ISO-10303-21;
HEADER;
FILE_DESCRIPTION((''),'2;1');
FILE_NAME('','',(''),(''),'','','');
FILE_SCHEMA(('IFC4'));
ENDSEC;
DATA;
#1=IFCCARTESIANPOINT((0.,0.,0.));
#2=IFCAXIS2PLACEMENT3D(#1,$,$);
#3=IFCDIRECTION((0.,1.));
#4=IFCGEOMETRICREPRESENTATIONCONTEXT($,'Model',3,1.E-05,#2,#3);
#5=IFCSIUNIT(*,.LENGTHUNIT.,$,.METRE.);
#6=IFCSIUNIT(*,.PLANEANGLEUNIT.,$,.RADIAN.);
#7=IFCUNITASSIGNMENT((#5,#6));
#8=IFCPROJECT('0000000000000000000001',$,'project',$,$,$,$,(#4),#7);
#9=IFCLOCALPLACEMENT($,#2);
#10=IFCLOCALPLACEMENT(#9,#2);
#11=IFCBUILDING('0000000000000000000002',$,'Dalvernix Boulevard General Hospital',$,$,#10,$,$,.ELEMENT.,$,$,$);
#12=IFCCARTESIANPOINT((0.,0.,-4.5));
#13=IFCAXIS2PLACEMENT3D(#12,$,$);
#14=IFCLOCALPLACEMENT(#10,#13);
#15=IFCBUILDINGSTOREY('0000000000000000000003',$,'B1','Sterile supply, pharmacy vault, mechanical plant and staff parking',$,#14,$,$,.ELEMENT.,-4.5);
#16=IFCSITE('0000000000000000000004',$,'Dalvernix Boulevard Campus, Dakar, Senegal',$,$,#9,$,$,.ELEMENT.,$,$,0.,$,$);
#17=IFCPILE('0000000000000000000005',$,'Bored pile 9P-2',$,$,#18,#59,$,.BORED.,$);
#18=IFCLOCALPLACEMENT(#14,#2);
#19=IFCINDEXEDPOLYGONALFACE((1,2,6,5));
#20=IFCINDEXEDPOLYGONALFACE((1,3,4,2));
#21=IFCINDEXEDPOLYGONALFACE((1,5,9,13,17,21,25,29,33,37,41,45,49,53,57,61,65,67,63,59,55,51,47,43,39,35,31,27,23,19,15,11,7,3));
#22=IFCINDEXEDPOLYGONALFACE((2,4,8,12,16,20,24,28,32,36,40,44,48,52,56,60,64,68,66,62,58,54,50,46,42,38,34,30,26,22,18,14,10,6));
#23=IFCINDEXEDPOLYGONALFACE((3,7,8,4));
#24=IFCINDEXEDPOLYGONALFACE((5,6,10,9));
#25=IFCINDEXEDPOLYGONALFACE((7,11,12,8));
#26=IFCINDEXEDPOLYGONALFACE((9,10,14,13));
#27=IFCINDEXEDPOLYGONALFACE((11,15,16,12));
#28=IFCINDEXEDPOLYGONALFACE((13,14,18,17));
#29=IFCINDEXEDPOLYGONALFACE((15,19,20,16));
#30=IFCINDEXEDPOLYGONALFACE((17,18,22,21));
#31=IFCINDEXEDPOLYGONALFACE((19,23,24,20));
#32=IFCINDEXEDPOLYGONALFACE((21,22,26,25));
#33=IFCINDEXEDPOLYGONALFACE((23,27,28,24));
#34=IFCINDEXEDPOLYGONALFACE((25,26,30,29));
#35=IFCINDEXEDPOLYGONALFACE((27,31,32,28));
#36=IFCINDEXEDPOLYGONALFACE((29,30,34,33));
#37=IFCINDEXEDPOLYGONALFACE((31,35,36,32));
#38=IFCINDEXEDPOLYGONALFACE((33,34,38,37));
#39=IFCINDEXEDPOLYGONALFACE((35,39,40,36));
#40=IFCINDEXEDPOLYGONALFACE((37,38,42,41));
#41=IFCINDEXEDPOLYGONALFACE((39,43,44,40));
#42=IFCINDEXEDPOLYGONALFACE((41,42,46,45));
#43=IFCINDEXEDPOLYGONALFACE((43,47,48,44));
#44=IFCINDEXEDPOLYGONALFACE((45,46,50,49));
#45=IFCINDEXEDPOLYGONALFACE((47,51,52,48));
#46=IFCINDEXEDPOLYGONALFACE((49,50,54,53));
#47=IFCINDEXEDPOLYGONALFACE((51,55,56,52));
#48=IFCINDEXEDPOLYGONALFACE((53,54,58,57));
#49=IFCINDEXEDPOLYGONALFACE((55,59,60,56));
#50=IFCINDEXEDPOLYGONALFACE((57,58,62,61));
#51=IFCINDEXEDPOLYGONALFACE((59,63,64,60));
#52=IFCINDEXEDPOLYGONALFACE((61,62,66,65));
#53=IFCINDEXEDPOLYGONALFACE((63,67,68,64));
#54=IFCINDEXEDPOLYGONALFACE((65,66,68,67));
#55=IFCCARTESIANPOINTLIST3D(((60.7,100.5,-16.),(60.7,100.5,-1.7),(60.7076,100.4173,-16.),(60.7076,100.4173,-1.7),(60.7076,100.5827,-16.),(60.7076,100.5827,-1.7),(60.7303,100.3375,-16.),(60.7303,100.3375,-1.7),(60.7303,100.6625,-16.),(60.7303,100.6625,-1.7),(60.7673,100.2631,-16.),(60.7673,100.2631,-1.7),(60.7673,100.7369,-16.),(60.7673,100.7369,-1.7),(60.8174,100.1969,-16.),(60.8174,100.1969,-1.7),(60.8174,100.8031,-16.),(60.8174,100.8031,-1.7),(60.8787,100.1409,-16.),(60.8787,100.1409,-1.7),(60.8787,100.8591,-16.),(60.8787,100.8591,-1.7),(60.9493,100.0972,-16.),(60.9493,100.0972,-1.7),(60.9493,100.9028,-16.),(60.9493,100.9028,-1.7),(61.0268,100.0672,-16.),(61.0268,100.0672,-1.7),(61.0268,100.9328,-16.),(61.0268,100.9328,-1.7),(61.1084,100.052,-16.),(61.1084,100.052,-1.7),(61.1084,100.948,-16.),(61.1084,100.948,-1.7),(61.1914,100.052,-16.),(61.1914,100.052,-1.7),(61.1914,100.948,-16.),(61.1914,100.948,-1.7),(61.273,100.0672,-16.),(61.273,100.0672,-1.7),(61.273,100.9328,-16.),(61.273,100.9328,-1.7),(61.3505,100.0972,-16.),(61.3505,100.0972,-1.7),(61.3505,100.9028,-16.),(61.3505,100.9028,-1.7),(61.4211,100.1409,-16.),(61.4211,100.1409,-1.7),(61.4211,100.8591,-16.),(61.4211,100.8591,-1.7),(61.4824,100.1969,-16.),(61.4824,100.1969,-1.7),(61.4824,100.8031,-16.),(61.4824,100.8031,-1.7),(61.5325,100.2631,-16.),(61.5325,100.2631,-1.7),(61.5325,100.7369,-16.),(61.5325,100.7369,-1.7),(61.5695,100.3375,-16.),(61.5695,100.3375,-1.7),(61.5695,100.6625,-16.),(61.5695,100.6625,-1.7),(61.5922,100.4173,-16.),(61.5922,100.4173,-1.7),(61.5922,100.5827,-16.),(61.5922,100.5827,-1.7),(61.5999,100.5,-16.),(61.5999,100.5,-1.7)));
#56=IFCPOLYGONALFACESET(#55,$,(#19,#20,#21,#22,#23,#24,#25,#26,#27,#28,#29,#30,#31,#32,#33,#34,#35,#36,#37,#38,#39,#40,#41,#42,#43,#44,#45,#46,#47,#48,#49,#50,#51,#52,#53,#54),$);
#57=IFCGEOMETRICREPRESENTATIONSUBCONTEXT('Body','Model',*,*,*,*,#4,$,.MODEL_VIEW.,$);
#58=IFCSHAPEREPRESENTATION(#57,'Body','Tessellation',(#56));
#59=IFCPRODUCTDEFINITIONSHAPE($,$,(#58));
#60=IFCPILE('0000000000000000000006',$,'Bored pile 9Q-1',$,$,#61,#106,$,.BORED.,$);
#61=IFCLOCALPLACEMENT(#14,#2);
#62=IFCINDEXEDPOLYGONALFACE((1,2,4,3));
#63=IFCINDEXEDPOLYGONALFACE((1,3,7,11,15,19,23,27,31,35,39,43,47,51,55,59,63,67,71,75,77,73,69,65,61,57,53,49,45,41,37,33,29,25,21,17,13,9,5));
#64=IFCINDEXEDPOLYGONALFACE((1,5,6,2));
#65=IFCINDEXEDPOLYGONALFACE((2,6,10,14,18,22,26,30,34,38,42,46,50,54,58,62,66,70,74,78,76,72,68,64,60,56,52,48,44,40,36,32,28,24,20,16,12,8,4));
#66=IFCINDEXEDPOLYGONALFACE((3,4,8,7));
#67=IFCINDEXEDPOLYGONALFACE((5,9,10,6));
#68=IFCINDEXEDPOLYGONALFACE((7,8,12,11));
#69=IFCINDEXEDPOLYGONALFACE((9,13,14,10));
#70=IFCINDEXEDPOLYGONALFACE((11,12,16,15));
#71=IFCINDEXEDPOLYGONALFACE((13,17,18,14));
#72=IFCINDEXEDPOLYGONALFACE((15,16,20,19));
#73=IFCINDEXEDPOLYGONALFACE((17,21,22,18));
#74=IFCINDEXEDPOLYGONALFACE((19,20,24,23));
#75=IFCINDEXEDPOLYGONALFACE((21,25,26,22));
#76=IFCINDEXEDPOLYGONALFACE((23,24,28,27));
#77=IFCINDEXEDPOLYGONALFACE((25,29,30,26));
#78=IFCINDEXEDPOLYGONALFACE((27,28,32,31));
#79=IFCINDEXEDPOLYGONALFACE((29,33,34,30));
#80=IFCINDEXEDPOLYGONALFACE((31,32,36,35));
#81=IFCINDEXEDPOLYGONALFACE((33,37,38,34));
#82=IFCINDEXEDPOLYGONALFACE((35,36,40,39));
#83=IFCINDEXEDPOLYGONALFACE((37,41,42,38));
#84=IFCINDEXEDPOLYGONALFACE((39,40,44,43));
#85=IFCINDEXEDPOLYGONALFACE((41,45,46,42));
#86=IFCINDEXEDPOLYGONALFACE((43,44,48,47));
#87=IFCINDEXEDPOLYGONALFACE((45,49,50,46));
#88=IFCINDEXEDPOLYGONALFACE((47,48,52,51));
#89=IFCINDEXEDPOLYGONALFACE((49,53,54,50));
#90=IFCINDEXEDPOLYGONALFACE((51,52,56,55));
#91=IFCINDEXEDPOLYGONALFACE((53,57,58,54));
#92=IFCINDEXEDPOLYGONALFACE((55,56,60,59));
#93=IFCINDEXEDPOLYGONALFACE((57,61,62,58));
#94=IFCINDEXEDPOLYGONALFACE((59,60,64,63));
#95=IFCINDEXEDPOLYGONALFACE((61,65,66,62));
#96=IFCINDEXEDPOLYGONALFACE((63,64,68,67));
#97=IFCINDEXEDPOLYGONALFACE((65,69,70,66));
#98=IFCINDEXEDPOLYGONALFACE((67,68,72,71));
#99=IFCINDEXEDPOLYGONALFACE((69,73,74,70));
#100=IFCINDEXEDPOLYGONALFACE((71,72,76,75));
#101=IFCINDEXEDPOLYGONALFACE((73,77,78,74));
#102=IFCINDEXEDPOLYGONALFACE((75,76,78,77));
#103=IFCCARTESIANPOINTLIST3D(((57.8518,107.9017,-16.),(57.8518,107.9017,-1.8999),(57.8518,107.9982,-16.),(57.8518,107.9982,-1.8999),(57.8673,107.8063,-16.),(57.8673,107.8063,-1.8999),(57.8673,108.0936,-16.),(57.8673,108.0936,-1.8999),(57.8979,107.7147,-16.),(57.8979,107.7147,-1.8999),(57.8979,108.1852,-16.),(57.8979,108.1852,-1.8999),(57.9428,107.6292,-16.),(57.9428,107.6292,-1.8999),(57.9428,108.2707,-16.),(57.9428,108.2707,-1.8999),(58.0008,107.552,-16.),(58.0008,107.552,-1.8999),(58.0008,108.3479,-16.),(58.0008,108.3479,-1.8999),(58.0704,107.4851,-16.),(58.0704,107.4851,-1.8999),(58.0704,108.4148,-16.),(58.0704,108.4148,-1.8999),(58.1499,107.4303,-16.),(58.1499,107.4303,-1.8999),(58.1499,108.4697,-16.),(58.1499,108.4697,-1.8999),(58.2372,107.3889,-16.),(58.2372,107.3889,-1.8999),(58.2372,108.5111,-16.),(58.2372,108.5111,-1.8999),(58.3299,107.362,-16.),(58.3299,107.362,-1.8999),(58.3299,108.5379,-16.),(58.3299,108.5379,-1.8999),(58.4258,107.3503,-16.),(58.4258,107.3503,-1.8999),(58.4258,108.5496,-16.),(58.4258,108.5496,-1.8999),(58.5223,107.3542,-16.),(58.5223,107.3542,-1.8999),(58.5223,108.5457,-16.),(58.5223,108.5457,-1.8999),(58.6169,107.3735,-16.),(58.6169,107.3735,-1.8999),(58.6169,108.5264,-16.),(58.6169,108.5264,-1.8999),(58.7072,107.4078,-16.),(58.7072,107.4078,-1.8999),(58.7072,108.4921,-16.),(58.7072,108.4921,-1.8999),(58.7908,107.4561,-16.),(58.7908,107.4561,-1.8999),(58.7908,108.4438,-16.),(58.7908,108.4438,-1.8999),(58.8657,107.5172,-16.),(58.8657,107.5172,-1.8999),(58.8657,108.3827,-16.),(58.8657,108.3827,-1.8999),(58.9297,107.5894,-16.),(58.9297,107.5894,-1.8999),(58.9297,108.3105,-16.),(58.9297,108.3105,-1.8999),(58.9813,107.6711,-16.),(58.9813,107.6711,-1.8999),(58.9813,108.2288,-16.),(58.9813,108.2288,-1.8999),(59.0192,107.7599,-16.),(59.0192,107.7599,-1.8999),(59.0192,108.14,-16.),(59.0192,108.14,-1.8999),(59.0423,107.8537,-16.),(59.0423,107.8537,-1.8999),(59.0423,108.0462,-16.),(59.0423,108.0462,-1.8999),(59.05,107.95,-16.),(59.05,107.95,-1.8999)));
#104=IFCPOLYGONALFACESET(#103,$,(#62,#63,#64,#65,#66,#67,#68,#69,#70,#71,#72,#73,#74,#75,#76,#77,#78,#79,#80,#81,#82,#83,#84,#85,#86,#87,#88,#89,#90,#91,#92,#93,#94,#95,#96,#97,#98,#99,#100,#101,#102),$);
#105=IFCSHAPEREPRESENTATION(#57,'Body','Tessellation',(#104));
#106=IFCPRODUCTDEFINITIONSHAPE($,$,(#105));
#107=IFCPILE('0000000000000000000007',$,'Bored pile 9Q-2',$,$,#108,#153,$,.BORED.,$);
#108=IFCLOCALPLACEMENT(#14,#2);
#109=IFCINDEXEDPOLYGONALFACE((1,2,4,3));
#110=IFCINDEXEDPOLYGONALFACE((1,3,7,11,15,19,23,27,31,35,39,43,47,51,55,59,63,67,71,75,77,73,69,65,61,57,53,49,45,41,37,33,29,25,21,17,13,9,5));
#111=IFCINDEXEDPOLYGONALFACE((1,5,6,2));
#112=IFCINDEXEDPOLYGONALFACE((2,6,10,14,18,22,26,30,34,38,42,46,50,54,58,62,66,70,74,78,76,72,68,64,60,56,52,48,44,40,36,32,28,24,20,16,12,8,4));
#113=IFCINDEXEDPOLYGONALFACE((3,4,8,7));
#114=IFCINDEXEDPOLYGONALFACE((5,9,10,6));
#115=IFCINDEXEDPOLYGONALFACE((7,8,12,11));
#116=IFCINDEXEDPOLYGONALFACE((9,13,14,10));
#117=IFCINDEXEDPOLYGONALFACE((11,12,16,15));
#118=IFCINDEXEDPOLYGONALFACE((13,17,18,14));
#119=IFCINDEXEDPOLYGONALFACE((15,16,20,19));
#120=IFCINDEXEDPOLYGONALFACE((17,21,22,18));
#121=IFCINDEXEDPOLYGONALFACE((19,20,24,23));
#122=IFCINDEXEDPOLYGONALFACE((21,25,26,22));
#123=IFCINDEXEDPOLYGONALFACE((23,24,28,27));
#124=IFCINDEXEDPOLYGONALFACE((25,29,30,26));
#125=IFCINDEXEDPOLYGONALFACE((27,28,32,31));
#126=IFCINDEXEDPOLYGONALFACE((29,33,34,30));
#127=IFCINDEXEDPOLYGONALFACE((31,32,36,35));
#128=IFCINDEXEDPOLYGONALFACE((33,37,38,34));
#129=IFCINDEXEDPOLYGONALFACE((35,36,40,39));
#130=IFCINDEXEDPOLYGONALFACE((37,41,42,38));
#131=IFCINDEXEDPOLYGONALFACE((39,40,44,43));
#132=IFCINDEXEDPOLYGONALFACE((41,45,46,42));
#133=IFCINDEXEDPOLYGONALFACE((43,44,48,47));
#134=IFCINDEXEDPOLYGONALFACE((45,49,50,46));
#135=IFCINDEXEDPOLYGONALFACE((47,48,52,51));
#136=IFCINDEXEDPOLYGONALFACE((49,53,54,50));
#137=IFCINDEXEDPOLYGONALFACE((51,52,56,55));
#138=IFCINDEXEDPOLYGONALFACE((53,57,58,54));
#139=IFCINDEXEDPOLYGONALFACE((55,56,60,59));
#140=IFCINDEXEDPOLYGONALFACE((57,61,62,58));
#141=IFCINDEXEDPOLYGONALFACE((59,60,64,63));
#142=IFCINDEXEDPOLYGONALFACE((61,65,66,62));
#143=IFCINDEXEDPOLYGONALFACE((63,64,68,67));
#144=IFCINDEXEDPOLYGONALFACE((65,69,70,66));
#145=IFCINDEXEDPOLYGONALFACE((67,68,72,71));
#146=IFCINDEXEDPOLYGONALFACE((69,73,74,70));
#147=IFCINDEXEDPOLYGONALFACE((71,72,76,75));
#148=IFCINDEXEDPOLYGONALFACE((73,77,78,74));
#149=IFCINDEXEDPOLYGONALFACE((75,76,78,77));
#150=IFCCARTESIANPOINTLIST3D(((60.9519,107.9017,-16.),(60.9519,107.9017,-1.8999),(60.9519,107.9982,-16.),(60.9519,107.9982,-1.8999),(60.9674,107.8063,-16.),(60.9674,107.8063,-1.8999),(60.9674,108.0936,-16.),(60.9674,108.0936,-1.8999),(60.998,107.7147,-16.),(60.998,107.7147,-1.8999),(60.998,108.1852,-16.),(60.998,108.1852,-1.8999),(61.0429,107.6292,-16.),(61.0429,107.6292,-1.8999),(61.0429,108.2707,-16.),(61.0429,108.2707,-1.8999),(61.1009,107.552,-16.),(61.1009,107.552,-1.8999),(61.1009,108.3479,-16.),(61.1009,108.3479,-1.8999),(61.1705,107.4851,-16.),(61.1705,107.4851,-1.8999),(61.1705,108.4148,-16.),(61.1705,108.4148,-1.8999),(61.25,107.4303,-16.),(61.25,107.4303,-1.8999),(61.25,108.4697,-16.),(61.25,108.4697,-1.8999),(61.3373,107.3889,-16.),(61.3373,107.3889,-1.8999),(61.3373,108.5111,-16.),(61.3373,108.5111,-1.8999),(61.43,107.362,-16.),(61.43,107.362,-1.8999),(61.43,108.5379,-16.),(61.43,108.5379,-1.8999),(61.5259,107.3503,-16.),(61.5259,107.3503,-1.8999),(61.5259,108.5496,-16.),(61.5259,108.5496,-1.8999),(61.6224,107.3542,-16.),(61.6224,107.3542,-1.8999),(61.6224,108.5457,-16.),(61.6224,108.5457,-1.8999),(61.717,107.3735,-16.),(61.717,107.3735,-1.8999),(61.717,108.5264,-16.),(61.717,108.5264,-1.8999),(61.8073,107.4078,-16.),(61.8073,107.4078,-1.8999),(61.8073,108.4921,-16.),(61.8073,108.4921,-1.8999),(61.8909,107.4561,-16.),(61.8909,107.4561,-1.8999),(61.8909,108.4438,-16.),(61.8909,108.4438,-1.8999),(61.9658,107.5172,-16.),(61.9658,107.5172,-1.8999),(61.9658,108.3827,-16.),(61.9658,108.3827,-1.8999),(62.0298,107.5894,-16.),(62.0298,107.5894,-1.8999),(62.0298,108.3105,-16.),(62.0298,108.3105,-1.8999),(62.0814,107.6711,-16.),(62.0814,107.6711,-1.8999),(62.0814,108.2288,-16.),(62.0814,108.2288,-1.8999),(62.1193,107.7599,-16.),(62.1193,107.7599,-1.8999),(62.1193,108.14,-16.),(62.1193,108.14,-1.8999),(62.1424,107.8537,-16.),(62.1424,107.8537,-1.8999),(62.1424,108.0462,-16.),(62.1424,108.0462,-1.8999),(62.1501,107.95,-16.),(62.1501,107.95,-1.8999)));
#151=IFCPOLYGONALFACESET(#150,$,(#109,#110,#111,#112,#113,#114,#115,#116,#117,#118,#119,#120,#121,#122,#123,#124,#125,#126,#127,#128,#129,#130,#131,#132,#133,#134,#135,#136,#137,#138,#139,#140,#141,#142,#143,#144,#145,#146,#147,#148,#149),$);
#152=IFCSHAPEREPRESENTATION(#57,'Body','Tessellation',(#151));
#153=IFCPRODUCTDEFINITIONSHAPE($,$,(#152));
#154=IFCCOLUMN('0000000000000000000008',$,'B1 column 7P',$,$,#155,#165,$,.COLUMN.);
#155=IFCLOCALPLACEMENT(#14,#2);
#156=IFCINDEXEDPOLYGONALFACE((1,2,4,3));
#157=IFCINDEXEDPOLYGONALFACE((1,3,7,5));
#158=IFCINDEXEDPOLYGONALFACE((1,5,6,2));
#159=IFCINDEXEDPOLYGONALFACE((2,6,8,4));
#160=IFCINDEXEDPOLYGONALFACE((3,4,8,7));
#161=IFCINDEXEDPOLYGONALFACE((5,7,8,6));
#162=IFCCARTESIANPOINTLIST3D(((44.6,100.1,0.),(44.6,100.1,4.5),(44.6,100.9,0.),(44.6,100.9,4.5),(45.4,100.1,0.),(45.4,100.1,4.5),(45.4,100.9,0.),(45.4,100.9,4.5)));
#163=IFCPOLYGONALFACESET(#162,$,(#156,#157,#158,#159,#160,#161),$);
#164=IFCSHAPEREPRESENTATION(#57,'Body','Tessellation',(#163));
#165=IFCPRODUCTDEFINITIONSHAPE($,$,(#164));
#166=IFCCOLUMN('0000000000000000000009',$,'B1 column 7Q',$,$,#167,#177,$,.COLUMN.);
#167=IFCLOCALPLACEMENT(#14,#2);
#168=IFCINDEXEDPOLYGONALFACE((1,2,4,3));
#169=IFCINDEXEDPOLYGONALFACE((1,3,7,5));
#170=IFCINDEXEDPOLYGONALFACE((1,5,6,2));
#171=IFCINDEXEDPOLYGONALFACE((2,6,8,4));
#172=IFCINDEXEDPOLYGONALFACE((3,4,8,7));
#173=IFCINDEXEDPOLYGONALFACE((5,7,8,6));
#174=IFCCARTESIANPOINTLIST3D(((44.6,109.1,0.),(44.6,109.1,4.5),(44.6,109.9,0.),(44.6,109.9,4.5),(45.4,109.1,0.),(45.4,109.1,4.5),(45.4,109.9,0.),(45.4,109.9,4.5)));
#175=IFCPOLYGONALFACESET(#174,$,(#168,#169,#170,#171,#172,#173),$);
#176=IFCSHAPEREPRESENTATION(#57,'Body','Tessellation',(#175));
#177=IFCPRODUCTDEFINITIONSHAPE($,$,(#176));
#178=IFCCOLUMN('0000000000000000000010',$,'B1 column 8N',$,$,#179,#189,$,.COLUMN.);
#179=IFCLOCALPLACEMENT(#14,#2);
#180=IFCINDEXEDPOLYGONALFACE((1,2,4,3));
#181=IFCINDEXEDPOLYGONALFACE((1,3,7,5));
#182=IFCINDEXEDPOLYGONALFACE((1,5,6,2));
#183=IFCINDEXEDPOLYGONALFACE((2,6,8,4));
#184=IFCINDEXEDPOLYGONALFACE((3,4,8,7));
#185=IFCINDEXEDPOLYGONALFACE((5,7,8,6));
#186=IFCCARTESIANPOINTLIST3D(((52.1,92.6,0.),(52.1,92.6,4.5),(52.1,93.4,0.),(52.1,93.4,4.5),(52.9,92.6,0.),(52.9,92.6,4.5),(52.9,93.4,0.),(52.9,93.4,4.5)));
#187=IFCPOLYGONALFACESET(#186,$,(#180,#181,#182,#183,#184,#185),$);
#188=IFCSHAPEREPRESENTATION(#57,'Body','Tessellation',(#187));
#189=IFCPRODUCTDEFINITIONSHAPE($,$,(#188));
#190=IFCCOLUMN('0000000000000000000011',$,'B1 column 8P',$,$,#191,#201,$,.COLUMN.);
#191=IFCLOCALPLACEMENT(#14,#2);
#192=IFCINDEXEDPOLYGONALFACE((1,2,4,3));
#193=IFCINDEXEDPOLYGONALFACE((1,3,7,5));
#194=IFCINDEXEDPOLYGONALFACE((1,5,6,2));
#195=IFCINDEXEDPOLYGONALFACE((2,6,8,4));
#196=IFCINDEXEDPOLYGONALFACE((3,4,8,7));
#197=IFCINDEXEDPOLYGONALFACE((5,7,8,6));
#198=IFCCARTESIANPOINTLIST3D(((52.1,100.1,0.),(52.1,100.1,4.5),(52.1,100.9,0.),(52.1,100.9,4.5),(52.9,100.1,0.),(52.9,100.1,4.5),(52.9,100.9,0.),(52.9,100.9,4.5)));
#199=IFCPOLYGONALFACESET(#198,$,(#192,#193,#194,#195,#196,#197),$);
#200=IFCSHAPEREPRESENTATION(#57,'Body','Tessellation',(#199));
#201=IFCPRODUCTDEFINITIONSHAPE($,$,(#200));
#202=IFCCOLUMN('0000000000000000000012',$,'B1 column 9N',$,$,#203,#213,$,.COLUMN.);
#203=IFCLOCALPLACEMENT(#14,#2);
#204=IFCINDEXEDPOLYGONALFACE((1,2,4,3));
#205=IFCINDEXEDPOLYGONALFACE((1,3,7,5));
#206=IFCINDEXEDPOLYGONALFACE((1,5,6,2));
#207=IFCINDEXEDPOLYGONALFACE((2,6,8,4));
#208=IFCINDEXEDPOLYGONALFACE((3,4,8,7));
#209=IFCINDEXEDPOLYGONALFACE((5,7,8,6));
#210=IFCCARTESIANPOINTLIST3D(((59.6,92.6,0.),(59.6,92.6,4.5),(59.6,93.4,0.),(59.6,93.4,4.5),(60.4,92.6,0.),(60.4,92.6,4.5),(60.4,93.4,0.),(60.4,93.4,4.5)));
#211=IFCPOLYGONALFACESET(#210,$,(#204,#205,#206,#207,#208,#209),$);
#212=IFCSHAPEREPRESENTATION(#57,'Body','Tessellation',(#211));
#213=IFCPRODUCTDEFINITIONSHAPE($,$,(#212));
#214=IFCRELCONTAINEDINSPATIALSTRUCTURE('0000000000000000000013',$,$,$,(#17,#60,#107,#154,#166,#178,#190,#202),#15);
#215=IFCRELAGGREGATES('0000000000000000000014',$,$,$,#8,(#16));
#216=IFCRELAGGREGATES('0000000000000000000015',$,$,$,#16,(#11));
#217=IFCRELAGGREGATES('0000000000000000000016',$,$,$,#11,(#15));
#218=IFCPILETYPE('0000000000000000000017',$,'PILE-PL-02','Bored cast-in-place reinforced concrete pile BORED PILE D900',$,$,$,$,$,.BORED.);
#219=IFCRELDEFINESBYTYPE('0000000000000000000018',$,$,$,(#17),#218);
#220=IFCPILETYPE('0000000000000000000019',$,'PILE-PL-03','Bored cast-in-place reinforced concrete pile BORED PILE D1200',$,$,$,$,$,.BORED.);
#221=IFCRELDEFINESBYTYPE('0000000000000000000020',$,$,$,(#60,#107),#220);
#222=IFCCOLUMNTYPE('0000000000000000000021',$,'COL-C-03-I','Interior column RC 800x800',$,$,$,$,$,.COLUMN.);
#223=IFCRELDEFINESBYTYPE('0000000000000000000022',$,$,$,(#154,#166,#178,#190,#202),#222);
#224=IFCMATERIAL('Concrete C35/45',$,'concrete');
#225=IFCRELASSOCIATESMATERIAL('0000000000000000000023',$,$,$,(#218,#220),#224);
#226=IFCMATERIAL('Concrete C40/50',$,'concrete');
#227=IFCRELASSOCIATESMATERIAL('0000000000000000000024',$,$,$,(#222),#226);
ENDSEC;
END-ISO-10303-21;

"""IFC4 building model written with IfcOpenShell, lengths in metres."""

from ifc_helpers import new_model, si_unit, direction, frame, origin, origin_2d, place, context, subcontext, project, spatial, rectangle, circle, extrude, material, material_profile, profile_set, type_object, element, save


model = new_model("IFC4")

# Units and contexts
model_context = context("Model", 3, precision=1e-05, world=origin(), true_north=direction((0.0, 1.0)))
body_context = subcontext(model_context, "Body", "Model", "MODEL_VIEW")
ifc_project = project(units=[si_unit("LENGTHUNIT", "METRE"), si_unit("PLANEANGLEUNIT", "RADIAN")], contexts=[model_context])

# Site, building, storey
site_placement = place(None, origin())
site = spatial("IfcSite", under=ifc_project, at=site_placement, Name="Dalvernix Boulevard Campus, Dakar, Senegal", CompositionType="ELEMENT", RefElevation=0.0)
building_placement = place(site_placement, origin())
building = spatial("IfcBuilding", under=site, at=building_placement, Name="Dalvernix Boulevard General Hospital", CompositionType="ELEMENT")
storey_placement = place(building_placement, frame((0.0, 0.0, -4.5)))
storey = spatial("IfcBuildingStorey", under=building, at=storey_placement, Name="B1", Description="Sterile supply, pharmacy vault, mechanical plant and staff parking", CompositionType="ELEMENT", Elevation=-4.5)

# Shared definitions
ifc_material_1 = material(Name="Concrete C35/45", Category="concrete")
ifc_material_2 = material(Name="Concrete C40/50", Category="concrete")

# Piles
ifc_material_profile_1 = material_profile(ifc_material_1, circle(Radius=0.45, at=origin_2d()), Name="BORED PILE D900")
ifc_profile_set_1 = profile_set([ifc_material_profile_1], Name="Concrete C35/45")
pile_type_1 = type_object("IfcPileType", Name="PILE-PL-02", Description="Bored cast-in-place reinforced concrete pile BORED PILE D900", PredefinedType="BORED", material=ifc_profile_set_1)
for number, where, z_axis, x_axis, name in (
    (1, (61.1499, 100.5, -1.7), (0.0, 0.0, -1.0), (1.0, 0.0, 0.0), "Bored pile 9P-2"),
):
    element("IfcPile", number, at=place(storey_placement, frame(where, z_axis=z_axis, x_axis=x_axis)), inside=storey, type_object=pile_type_1, Name=name, PredefinedType="BORED", context=body_context, shape_type="SweptSolid", body=[
        extrude(circle(Radius=0.45, at=origin_2d()), origin(), (0.0, 0.0, 1.0), 14.3),
    ])
ifc_material_profile_2 = material_profile(ifc_material_1, circle(Radius=0.6001, at=origin_2d()), Name="BORED PILE D1200")
ifc_profile_set_2 = profile_set([ifc_material_profile_2], Name="Concrete C35/45")
pile_type_2 = type_object("IfcPileType", Name="PILE-PL-03", Description="Bored cast-in-place reinforced concrete pile BORED PILE D1200", PredefinedType="BORED", material=ifc_profile_set_2)
for number, where, z_axis, x_axis, name in (
    (2, (58.45, 107.95, -1.8999), (0.0, 0.0, -1.0), (1.0, 0.0, 0.0), "Bored pile 9Q-1"),
    (3, (61.55, 107.95, -1.8999), (0.0, 0.0, -1.0), (1.0, 0.0, 0.0), "Bored pile 9Q-2"),
):
    element("IfcPile", number, at=place(storey_placement, frame(where, z_axis=z_axis, x_axis=x_axis)), inside=storey, type_object=pile_type_2, Name=name, PredefinedType="BORED", context=body_context, shape_type="SweptSolid", body=[
        extrude(circle(Radius=0.6001, at=origin_2d()), origin(), (0.0, 0.0, 1.0), 14.1001),
    ])

# Columns
ifc_material_profile_3 = material_profile(ifc_material_2, rectangle(XDim=0.8, YDim=0.8, at=origin_2d()), Name="RC 800x800")
ifc_profile_set_3 = profile_set([ifc_material_profile_3], Name="Concrete C40/50")
column_type_1 = type_object("IfcColumnType", Name="COL-C-03-I", Description="Interior column RC 800x800", PredefinedType="COLUMN", material=ifc_profile_set_3)
for number, where, z_axis, x_axis, name in (
    (4, (45.0, 100.5, 0.0), (0.0, 0.0, 1.0), (1.0, 0.0, 0.0), "B1 column 7P"),
    (5, (45.0, 109.5, 0.0), (0.0, 0.0, 1.0), (1.0, 0.0, 0.0), "B1 column 7Q"),
    (6, (52.5, 93.0, 0.0), (0.0, 0.0, 1.0), (1.0, 0.0, 0.0), "B1 column 8N"),
    (7, (52.5, 100.5, 0.0), (0.0, 0.0, 1.0), (1.0, 0.0, 0.0), "B1 column 8P"),
    (8, (60.0, 93.0, 0.0), (0.0, 0.0, 1.0), (1.0, 0.0, 0.0), "B1 column 9N"),
):
    element("IfcColumn", number, at=place(storey_placement, frame(where, z_axis=z_axis, x_axis=x_axis)), inside=storey, type_object=column_type_1, Name=name, PredefinedType="COLUMN", context=body_context, shape_type="SweptSolid", body=[
        extrude(rectangle(XDim=0.8, YDim=0.8, at=origin_2d()), origin(), (0.0, 0.0, 1.0), 4.5),
    ])

save(model, "model.ifc")
